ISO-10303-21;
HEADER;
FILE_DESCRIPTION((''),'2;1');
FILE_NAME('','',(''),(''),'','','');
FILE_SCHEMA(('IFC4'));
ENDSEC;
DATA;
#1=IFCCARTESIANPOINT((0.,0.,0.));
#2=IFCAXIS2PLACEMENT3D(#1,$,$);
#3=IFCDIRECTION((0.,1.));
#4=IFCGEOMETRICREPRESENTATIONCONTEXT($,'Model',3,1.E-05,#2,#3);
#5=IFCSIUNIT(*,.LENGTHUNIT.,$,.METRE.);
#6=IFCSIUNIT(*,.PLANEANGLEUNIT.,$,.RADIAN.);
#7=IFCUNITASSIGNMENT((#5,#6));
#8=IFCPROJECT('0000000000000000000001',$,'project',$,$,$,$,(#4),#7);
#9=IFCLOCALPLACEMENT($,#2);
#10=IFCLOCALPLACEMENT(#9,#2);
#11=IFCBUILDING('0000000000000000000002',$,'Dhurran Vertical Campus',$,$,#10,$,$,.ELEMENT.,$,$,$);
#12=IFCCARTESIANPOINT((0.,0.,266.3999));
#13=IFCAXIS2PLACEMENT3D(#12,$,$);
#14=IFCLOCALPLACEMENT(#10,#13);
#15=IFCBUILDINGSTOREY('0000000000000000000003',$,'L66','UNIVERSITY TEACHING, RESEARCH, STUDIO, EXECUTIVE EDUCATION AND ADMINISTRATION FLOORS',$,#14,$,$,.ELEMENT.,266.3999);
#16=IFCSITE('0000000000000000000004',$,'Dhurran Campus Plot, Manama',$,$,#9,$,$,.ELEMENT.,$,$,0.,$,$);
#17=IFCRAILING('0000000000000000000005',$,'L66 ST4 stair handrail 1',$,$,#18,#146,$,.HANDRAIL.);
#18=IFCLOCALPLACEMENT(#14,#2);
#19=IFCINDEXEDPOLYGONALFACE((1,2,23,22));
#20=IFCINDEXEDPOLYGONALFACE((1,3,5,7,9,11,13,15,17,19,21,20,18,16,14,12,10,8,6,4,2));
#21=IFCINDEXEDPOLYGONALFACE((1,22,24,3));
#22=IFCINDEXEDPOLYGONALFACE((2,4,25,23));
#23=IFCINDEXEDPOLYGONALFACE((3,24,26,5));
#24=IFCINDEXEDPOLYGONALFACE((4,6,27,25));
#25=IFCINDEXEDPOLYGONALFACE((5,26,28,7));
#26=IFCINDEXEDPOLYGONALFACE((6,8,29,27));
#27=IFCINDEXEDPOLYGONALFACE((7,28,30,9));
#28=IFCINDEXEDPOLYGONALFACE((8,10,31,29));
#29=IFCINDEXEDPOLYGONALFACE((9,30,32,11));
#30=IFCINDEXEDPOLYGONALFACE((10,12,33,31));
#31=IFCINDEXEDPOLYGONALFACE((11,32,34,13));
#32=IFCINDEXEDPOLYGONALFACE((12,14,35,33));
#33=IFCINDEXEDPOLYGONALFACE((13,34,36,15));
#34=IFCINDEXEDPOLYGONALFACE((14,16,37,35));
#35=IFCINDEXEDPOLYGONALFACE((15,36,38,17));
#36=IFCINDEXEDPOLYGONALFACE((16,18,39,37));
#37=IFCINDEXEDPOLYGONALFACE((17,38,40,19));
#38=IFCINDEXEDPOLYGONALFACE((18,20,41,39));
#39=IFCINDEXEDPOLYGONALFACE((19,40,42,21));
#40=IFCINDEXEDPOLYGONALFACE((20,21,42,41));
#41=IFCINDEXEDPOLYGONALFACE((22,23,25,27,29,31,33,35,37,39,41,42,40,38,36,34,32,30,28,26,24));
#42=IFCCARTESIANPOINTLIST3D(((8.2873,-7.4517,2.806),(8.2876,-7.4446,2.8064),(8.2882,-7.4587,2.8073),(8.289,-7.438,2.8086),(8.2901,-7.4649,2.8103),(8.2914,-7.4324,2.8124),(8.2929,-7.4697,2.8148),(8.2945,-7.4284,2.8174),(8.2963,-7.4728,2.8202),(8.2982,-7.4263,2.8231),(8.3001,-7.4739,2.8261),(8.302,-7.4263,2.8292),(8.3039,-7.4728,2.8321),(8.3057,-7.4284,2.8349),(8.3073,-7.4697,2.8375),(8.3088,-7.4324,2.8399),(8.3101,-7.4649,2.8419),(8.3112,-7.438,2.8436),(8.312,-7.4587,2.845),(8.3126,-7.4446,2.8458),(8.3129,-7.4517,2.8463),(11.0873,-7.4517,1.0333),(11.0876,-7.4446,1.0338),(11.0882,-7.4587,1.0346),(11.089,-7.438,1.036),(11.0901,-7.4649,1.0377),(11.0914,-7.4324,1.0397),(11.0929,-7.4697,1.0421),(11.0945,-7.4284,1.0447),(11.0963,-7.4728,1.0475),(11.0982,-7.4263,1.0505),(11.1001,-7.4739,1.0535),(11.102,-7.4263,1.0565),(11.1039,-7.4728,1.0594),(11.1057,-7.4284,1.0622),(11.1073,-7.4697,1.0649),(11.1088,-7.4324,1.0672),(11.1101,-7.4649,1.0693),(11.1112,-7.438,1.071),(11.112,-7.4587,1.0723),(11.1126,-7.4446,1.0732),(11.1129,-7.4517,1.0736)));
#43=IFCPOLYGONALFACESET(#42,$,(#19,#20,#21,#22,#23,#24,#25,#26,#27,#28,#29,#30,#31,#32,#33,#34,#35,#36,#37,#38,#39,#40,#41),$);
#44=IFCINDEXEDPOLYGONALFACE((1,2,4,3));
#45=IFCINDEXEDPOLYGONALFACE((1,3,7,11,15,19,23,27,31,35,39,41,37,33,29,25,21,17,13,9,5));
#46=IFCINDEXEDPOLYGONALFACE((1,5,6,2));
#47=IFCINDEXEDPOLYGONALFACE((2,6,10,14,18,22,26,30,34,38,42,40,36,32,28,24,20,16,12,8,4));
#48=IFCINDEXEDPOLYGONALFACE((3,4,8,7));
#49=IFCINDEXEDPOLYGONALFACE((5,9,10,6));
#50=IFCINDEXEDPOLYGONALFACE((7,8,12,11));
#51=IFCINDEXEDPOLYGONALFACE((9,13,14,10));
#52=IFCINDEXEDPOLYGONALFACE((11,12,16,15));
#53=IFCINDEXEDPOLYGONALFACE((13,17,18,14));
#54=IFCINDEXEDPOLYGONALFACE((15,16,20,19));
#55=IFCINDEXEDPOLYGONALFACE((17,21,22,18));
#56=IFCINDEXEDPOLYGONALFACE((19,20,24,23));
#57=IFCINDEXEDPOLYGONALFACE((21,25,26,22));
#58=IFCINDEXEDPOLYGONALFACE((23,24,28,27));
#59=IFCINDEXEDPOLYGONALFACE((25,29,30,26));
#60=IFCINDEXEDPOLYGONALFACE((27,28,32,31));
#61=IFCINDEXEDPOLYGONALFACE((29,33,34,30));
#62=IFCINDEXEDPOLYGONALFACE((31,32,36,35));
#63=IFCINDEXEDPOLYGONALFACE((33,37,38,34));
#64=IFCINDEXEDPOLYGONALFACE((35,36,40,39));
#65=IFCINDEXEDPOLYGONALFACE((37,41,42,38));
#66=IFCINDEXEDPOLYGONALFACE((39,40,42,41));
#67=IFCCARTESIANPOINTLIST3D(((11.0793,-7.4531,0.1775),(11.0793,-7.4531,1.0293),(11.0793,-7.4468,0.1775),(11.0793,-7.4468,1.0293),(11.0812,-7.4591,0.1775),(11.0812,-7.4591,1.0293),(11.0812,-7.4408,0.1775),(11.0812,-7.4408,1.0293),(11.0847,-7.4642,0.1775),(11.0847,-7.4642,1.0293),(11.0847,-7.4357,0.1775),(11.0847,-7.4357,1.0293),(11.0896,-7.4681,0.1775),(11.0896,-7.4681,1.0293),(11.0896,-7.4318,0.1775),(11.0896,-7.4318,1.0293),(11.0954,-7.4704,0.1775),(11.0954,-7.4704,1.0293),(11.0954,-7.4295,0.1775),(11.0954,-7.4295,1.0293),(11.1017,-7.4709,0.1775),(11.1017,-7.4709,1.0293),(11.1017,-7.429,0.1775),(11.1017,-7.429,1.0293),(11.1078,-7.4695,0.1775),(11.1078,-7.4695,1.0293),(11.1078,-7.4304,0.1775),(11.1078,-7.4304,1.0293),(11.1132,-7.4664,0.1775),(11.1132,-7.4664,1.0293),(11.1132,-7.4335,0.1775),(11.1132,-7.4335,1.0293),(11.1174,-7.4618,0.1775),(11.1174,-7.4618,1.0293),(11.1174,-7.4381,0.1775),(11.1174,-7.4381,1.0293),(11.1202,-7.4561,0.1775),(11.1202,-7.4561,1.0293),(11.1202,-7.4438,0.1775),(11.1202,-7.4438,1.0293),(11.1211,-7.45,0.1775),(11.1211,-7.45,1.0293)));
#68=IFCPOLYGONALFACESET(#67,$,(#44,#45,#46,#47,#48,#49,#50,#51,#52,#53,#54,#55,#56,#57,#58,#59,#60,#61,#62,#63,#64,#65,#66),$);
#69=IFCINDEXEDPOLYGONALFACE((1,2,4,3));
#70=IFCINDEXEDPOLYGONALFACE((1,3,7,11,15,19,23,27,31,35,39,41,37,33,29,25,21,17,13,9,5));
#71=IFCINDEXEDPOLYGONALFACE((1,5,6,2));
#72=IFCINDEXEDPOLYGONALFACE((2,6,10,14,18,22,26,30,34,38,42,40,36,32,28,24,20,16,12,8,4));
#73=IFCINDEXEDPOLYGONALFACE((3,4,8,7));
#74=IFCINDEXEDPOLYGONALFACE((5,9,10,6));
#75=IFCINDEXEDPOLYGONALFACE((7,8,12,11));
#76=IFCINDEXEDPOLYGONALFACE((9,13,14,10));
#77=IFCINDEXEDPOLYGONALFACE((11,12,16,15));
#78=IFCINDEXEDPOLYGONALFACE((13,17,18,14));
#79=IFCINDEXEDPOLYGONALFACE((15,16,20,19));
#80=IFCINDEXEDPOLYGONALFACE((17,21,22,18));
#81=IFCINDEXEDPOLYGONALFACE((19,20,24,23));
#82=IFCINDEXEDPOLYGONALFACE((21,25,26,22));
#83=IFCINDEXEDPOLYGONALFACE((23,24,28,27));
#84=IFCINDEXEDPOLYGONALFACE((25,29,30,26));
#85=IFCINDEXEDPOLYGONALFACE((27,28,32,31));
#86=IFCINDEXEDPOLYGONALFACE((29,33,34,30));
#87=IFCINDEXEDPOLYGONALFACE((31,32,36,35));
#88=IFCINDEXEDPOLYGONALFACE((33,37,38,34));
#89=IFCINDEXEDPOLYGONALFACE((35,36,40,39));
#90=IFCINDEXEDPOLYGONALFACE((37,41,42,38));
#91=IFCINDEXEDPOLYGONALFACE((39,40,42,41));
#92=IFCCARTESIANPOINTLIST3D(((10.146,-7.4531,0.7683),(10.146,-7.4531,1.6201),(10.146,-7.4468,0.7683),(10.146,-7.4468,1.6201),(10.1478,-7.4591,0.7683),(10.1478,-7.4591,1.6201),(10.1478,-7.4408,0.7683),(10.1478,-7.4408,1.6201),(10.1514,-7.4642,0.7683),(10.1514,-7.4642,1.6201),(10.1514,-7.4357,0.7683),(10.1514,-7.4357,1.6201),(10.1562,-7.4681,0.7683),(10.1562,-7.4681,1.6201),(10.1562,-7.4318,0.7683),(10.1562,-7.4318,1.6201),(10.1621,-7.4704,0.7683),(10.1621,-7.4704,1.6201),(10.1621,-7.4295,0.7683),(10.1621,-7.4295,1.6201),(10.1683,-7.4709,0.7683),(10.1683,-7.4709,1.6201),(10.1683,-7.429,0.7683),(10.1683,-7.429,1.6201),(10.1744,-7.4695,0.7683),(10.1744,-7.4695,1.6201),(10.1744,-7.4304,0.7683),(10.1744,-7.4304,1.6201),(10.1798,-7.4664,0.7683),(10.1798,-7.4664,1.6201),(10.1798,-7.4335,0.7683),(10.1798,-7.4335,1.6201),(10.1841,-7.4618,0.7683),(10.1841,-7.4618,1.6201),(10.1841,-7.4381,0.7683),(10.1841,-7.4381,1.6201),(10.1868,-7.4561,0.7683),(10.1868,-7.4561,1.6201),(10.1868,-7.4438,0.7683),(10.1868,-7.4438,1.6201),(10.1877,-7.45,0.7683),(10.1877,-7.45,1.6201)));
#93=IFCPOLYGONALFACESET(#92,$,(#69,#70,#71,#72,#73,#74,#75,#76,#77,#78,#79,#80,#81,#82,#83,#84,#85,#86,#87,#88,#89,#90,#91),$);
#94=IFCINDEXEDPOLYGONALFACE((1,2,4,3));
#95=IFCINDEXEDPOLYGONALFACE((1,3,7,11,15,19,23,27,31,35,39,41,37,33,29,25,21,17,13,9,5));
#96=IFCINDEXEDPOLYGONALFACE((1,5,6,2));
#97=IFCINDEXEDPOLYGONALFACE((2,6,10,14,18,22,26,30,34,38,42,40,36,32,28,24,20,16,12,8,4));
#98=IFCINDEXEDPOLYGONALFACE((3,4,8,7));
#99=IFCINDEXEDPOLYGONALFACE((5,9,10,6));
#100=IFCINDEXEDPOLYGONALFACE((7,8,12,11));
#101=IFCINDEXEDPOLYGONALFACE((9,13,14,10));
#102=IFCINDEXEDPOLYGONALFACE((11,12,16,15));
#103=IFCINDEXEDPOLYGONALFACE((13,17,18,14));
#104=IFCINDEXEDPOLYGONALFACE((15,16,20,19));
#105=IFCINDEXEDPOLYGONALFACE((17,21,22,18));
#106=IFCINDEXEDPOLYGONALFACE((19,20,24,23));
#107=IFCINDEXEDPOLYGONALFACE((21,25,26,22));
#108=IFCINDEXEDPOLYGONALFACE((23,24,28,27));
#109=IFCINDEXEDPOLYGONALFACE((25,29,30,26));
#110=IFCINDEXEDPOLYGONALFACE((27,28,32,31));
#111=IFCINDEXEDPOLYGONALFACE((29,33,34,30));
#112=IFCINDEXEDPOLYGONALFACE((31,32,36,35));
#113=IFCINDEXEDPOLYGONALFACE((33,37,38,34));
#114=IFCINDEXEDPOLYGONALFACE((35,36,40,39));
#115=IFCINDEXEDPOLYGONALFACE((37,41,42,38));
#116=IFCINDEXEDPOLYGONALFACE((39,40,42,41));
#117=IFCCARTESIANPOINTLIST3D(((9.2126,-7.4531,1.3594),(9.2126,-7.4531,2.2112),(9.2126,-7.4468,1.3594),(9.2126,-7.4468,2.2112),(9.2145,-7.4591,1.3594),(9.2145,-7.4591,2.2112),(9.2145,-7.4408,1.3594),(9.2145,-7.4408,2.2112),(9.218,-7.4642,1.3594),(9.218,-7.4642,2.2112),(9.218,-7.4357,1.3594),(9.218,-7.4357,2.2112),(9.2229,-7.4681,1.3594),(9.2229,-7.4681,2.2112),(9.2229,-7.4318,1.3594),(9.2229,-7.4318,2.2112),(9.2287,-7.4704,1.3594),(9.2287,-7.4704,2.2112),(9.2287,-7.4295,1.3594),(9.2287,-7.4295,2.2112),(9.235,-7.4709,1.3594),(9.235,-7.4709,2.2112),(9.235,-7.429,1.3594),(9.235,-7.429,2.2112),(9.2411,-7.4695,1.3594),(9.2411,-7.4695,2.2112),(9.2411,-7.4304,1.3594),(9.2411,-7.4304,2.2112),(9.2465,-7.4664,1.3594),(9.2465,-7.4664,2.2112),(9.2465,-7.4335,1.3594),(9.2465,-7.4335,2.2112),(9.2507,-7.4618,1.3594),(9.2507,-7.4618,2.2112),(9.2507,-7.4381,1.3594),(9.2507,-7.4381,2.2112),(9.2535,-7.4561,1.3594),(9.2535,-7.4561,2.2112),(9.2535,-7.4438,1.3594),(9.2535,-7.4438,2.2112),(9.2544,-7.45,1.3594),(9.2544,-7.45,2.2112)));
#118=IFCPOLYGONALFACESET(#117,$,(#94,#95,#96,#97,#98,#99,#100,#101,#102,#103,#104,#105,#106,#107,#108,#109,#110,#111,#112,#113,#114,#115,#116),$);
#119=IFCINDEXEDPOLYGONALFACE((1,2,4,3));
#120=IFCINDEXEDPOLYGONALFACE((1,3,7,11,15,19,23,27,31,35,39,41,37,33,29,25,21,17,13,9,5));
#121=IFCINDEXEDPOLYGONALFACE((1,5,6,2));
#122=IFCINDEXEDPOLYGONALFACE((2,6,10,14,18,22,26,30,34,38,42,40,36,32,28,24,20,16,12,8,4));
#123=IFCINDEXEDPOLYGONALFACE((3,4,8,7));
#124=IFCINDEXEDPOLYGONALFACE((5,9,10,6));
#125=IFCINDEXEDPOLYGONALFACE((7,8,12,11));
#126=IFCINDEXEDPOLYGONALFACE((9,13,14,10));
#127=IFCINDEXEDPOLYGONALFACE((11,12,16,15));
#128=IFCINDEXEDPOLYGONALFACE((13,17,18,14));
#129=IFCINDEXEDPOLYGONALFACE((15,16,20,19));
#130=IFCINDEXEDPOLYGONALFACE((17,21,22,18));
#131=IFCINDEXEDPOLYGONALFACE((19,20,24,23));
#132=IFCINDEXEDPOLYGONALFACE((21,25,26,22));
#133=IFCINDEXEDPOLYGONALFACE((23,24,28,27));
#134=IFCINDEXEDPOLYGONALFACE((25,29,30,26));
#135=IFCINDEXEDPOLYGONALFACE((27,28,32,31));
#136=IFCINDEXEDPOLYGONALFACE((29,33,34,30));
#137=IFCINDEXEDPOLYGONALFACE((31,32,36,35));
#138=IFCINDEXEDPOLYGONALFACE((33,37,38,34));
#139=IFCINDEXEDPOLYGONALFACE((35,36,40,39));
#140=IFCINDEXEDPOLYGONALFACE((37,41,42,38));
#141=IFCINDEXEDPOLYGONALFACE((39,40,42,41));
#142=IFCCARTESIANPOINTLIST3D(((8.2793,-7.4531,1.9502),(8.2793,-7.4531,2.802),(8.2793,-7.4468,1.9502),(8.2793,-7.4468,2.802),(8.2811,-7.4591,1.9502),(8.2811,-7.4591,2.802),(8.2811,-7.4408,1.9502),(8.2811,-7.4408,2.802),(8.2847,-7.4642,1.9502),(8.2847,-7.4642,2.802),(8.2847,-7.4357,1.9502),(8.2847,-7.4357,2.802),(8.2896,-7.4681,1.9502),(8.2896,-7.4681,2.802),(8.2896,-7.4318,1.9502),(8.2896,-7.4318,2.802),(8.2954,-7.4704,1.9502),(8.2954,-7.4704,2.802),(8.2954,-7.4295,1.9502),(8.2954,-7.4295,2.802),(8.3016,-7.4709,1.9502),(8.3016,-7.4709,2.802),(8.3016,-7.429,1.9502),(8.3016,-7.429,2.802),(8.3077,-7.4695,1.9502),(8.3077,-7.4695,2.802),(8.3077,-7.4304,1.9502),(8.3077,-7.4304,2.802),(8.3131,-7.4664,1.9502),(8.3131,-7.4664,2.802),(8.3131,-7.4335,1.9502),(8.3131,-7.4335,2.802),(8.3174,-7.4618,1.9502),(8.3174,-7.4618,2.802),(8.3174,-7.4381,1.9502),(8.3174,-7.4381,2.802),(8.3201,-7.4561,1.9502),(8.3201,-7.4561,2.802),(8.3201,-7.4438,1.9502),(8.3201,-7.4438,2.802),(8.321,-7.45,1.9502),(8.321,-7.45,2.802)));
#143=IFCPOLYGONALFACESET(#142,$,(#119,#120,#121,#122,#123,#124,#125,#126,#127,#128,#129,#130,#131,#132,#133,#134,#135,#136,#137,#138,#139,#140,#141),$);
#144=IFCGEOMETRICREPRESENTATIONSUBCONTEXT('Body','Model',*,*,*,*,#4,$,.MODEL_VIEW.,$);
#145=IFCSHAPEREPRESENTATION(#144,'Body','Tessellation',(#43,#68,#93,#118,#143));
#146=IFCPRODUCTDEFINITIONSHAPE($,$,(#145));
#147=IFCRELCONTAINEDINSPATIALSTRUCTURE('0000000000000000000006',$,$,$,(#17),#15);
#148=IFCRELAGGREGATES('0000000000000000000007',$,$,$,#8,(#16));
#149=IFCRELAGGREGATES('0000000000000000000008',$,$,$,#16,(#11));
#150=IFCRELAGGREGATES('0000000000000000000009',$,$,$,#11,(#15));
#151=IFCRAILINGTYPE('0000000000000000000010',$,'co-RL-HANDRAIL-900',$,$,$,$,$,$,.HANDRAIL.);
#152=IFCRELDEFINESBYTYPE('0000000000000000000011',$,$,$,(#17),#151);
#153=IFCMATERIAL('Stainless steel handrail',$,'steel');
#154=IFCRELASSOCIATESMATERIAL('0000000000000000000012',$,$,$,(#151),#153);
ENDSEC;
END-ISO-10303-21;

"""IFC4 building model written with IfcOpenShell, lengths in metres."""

from ifc_helpers import new_model, si_unit, direction, frame, origin, origin_2d, place, context, subcontext, project, spatial, circle, extrude, material, type_object, element, save


model = new_model("IFC4")

# Units and contexts
model_context = context("Model", 3, precision=1e-05, world=origin(), true_north=direction((0.0, 1.0)))
body_context = subcontext(model_context, "Body", "Model", "MODEL_VIEW")
ifc_project = project(units=[si_unit("LENGTHUNIT", "METRE"), si_unit("PLANEANGLEUNIT", "RADIAN")], contexts=[model_context])

# Site, building, storey
site_placement = place(None, origin())
site = spatial("IfcSite", under=ifc_project, at=site_placement, Name="Dhurran Campus Plot, Manama", CompositionType="ELEMENT", RefElevation=0.0)
building_placement = place(site_placement, origin())
building = spatial("IfcBuilding", under=site, at=building_placement, Name="Dhurran Vertical Campus", CompositionType="ELEMENT")
storey_placement = place(building_placement, frame((0.0, 0.0, 266.3999)))
storey = spatial("IfcBuildingStorey", under=building, at=storey_placement, Name="L66", Description="UNIVERSITY TEACHING, RESEARCH, STUDIO, EXECUTIVE EDUCATION AND ADMINISTRATION FLOORS", CompositionType="ELEMENT", Elevation=266.3999)

# Railing
ifc_material_1 = material(Name="Stainless steel handrail", Category="steel")
railing_type_1 = type_object("IfcRailingType", Name="co-RL-HANDRAIL-900", PredefinedType="HANDRAIL", material=ifc_material_1)
railing_1_placement = place(storey_placement, frame((11.1001, -7.45, 0.1775)))
element("IfcRailing", 1, at=railing_1_placement, inside=storey, type_object=railing_type_1, Name="L66 ST4 stair handrail 1", PredefinedType="HANDRAIL", context=body_context, shape_type="SweptSolid", body=[
    extrude(circle(Radius=0.0239, at=origin_2d()), frame((0.0, 0.0, 0.876), z_axis=(-0.844909, 0.0, 0.53491), x_axis=(0.0, -1.0, 0.0)), (0.0, 0.0, 1.0), 3.314),
    extrude(circle(Radius=0.021, at=origin_2d()), origin(), (0.0, 0.0, 1.0), 0.8518),
    extrude(circle(Radius=0.021, at=origin_2d()), frame((-0.9333, 0.0, 0.5908)), (0.0, 0.0, 1.0), 0.8518),
    extrude(circle(Radius=0.021, at=origin_2d()), frame((-1.8667, 0.0, 1.1819)), (0.0, 0.0, 1.0), 0.8518),
    extrude(circle(Radius=0.021, at=origin_2d()), frame((-2.8, 0.0, 1.7727)), (0.0, 0.0, 1.0), 0.8518),
])

save(model, "model.ifc")
